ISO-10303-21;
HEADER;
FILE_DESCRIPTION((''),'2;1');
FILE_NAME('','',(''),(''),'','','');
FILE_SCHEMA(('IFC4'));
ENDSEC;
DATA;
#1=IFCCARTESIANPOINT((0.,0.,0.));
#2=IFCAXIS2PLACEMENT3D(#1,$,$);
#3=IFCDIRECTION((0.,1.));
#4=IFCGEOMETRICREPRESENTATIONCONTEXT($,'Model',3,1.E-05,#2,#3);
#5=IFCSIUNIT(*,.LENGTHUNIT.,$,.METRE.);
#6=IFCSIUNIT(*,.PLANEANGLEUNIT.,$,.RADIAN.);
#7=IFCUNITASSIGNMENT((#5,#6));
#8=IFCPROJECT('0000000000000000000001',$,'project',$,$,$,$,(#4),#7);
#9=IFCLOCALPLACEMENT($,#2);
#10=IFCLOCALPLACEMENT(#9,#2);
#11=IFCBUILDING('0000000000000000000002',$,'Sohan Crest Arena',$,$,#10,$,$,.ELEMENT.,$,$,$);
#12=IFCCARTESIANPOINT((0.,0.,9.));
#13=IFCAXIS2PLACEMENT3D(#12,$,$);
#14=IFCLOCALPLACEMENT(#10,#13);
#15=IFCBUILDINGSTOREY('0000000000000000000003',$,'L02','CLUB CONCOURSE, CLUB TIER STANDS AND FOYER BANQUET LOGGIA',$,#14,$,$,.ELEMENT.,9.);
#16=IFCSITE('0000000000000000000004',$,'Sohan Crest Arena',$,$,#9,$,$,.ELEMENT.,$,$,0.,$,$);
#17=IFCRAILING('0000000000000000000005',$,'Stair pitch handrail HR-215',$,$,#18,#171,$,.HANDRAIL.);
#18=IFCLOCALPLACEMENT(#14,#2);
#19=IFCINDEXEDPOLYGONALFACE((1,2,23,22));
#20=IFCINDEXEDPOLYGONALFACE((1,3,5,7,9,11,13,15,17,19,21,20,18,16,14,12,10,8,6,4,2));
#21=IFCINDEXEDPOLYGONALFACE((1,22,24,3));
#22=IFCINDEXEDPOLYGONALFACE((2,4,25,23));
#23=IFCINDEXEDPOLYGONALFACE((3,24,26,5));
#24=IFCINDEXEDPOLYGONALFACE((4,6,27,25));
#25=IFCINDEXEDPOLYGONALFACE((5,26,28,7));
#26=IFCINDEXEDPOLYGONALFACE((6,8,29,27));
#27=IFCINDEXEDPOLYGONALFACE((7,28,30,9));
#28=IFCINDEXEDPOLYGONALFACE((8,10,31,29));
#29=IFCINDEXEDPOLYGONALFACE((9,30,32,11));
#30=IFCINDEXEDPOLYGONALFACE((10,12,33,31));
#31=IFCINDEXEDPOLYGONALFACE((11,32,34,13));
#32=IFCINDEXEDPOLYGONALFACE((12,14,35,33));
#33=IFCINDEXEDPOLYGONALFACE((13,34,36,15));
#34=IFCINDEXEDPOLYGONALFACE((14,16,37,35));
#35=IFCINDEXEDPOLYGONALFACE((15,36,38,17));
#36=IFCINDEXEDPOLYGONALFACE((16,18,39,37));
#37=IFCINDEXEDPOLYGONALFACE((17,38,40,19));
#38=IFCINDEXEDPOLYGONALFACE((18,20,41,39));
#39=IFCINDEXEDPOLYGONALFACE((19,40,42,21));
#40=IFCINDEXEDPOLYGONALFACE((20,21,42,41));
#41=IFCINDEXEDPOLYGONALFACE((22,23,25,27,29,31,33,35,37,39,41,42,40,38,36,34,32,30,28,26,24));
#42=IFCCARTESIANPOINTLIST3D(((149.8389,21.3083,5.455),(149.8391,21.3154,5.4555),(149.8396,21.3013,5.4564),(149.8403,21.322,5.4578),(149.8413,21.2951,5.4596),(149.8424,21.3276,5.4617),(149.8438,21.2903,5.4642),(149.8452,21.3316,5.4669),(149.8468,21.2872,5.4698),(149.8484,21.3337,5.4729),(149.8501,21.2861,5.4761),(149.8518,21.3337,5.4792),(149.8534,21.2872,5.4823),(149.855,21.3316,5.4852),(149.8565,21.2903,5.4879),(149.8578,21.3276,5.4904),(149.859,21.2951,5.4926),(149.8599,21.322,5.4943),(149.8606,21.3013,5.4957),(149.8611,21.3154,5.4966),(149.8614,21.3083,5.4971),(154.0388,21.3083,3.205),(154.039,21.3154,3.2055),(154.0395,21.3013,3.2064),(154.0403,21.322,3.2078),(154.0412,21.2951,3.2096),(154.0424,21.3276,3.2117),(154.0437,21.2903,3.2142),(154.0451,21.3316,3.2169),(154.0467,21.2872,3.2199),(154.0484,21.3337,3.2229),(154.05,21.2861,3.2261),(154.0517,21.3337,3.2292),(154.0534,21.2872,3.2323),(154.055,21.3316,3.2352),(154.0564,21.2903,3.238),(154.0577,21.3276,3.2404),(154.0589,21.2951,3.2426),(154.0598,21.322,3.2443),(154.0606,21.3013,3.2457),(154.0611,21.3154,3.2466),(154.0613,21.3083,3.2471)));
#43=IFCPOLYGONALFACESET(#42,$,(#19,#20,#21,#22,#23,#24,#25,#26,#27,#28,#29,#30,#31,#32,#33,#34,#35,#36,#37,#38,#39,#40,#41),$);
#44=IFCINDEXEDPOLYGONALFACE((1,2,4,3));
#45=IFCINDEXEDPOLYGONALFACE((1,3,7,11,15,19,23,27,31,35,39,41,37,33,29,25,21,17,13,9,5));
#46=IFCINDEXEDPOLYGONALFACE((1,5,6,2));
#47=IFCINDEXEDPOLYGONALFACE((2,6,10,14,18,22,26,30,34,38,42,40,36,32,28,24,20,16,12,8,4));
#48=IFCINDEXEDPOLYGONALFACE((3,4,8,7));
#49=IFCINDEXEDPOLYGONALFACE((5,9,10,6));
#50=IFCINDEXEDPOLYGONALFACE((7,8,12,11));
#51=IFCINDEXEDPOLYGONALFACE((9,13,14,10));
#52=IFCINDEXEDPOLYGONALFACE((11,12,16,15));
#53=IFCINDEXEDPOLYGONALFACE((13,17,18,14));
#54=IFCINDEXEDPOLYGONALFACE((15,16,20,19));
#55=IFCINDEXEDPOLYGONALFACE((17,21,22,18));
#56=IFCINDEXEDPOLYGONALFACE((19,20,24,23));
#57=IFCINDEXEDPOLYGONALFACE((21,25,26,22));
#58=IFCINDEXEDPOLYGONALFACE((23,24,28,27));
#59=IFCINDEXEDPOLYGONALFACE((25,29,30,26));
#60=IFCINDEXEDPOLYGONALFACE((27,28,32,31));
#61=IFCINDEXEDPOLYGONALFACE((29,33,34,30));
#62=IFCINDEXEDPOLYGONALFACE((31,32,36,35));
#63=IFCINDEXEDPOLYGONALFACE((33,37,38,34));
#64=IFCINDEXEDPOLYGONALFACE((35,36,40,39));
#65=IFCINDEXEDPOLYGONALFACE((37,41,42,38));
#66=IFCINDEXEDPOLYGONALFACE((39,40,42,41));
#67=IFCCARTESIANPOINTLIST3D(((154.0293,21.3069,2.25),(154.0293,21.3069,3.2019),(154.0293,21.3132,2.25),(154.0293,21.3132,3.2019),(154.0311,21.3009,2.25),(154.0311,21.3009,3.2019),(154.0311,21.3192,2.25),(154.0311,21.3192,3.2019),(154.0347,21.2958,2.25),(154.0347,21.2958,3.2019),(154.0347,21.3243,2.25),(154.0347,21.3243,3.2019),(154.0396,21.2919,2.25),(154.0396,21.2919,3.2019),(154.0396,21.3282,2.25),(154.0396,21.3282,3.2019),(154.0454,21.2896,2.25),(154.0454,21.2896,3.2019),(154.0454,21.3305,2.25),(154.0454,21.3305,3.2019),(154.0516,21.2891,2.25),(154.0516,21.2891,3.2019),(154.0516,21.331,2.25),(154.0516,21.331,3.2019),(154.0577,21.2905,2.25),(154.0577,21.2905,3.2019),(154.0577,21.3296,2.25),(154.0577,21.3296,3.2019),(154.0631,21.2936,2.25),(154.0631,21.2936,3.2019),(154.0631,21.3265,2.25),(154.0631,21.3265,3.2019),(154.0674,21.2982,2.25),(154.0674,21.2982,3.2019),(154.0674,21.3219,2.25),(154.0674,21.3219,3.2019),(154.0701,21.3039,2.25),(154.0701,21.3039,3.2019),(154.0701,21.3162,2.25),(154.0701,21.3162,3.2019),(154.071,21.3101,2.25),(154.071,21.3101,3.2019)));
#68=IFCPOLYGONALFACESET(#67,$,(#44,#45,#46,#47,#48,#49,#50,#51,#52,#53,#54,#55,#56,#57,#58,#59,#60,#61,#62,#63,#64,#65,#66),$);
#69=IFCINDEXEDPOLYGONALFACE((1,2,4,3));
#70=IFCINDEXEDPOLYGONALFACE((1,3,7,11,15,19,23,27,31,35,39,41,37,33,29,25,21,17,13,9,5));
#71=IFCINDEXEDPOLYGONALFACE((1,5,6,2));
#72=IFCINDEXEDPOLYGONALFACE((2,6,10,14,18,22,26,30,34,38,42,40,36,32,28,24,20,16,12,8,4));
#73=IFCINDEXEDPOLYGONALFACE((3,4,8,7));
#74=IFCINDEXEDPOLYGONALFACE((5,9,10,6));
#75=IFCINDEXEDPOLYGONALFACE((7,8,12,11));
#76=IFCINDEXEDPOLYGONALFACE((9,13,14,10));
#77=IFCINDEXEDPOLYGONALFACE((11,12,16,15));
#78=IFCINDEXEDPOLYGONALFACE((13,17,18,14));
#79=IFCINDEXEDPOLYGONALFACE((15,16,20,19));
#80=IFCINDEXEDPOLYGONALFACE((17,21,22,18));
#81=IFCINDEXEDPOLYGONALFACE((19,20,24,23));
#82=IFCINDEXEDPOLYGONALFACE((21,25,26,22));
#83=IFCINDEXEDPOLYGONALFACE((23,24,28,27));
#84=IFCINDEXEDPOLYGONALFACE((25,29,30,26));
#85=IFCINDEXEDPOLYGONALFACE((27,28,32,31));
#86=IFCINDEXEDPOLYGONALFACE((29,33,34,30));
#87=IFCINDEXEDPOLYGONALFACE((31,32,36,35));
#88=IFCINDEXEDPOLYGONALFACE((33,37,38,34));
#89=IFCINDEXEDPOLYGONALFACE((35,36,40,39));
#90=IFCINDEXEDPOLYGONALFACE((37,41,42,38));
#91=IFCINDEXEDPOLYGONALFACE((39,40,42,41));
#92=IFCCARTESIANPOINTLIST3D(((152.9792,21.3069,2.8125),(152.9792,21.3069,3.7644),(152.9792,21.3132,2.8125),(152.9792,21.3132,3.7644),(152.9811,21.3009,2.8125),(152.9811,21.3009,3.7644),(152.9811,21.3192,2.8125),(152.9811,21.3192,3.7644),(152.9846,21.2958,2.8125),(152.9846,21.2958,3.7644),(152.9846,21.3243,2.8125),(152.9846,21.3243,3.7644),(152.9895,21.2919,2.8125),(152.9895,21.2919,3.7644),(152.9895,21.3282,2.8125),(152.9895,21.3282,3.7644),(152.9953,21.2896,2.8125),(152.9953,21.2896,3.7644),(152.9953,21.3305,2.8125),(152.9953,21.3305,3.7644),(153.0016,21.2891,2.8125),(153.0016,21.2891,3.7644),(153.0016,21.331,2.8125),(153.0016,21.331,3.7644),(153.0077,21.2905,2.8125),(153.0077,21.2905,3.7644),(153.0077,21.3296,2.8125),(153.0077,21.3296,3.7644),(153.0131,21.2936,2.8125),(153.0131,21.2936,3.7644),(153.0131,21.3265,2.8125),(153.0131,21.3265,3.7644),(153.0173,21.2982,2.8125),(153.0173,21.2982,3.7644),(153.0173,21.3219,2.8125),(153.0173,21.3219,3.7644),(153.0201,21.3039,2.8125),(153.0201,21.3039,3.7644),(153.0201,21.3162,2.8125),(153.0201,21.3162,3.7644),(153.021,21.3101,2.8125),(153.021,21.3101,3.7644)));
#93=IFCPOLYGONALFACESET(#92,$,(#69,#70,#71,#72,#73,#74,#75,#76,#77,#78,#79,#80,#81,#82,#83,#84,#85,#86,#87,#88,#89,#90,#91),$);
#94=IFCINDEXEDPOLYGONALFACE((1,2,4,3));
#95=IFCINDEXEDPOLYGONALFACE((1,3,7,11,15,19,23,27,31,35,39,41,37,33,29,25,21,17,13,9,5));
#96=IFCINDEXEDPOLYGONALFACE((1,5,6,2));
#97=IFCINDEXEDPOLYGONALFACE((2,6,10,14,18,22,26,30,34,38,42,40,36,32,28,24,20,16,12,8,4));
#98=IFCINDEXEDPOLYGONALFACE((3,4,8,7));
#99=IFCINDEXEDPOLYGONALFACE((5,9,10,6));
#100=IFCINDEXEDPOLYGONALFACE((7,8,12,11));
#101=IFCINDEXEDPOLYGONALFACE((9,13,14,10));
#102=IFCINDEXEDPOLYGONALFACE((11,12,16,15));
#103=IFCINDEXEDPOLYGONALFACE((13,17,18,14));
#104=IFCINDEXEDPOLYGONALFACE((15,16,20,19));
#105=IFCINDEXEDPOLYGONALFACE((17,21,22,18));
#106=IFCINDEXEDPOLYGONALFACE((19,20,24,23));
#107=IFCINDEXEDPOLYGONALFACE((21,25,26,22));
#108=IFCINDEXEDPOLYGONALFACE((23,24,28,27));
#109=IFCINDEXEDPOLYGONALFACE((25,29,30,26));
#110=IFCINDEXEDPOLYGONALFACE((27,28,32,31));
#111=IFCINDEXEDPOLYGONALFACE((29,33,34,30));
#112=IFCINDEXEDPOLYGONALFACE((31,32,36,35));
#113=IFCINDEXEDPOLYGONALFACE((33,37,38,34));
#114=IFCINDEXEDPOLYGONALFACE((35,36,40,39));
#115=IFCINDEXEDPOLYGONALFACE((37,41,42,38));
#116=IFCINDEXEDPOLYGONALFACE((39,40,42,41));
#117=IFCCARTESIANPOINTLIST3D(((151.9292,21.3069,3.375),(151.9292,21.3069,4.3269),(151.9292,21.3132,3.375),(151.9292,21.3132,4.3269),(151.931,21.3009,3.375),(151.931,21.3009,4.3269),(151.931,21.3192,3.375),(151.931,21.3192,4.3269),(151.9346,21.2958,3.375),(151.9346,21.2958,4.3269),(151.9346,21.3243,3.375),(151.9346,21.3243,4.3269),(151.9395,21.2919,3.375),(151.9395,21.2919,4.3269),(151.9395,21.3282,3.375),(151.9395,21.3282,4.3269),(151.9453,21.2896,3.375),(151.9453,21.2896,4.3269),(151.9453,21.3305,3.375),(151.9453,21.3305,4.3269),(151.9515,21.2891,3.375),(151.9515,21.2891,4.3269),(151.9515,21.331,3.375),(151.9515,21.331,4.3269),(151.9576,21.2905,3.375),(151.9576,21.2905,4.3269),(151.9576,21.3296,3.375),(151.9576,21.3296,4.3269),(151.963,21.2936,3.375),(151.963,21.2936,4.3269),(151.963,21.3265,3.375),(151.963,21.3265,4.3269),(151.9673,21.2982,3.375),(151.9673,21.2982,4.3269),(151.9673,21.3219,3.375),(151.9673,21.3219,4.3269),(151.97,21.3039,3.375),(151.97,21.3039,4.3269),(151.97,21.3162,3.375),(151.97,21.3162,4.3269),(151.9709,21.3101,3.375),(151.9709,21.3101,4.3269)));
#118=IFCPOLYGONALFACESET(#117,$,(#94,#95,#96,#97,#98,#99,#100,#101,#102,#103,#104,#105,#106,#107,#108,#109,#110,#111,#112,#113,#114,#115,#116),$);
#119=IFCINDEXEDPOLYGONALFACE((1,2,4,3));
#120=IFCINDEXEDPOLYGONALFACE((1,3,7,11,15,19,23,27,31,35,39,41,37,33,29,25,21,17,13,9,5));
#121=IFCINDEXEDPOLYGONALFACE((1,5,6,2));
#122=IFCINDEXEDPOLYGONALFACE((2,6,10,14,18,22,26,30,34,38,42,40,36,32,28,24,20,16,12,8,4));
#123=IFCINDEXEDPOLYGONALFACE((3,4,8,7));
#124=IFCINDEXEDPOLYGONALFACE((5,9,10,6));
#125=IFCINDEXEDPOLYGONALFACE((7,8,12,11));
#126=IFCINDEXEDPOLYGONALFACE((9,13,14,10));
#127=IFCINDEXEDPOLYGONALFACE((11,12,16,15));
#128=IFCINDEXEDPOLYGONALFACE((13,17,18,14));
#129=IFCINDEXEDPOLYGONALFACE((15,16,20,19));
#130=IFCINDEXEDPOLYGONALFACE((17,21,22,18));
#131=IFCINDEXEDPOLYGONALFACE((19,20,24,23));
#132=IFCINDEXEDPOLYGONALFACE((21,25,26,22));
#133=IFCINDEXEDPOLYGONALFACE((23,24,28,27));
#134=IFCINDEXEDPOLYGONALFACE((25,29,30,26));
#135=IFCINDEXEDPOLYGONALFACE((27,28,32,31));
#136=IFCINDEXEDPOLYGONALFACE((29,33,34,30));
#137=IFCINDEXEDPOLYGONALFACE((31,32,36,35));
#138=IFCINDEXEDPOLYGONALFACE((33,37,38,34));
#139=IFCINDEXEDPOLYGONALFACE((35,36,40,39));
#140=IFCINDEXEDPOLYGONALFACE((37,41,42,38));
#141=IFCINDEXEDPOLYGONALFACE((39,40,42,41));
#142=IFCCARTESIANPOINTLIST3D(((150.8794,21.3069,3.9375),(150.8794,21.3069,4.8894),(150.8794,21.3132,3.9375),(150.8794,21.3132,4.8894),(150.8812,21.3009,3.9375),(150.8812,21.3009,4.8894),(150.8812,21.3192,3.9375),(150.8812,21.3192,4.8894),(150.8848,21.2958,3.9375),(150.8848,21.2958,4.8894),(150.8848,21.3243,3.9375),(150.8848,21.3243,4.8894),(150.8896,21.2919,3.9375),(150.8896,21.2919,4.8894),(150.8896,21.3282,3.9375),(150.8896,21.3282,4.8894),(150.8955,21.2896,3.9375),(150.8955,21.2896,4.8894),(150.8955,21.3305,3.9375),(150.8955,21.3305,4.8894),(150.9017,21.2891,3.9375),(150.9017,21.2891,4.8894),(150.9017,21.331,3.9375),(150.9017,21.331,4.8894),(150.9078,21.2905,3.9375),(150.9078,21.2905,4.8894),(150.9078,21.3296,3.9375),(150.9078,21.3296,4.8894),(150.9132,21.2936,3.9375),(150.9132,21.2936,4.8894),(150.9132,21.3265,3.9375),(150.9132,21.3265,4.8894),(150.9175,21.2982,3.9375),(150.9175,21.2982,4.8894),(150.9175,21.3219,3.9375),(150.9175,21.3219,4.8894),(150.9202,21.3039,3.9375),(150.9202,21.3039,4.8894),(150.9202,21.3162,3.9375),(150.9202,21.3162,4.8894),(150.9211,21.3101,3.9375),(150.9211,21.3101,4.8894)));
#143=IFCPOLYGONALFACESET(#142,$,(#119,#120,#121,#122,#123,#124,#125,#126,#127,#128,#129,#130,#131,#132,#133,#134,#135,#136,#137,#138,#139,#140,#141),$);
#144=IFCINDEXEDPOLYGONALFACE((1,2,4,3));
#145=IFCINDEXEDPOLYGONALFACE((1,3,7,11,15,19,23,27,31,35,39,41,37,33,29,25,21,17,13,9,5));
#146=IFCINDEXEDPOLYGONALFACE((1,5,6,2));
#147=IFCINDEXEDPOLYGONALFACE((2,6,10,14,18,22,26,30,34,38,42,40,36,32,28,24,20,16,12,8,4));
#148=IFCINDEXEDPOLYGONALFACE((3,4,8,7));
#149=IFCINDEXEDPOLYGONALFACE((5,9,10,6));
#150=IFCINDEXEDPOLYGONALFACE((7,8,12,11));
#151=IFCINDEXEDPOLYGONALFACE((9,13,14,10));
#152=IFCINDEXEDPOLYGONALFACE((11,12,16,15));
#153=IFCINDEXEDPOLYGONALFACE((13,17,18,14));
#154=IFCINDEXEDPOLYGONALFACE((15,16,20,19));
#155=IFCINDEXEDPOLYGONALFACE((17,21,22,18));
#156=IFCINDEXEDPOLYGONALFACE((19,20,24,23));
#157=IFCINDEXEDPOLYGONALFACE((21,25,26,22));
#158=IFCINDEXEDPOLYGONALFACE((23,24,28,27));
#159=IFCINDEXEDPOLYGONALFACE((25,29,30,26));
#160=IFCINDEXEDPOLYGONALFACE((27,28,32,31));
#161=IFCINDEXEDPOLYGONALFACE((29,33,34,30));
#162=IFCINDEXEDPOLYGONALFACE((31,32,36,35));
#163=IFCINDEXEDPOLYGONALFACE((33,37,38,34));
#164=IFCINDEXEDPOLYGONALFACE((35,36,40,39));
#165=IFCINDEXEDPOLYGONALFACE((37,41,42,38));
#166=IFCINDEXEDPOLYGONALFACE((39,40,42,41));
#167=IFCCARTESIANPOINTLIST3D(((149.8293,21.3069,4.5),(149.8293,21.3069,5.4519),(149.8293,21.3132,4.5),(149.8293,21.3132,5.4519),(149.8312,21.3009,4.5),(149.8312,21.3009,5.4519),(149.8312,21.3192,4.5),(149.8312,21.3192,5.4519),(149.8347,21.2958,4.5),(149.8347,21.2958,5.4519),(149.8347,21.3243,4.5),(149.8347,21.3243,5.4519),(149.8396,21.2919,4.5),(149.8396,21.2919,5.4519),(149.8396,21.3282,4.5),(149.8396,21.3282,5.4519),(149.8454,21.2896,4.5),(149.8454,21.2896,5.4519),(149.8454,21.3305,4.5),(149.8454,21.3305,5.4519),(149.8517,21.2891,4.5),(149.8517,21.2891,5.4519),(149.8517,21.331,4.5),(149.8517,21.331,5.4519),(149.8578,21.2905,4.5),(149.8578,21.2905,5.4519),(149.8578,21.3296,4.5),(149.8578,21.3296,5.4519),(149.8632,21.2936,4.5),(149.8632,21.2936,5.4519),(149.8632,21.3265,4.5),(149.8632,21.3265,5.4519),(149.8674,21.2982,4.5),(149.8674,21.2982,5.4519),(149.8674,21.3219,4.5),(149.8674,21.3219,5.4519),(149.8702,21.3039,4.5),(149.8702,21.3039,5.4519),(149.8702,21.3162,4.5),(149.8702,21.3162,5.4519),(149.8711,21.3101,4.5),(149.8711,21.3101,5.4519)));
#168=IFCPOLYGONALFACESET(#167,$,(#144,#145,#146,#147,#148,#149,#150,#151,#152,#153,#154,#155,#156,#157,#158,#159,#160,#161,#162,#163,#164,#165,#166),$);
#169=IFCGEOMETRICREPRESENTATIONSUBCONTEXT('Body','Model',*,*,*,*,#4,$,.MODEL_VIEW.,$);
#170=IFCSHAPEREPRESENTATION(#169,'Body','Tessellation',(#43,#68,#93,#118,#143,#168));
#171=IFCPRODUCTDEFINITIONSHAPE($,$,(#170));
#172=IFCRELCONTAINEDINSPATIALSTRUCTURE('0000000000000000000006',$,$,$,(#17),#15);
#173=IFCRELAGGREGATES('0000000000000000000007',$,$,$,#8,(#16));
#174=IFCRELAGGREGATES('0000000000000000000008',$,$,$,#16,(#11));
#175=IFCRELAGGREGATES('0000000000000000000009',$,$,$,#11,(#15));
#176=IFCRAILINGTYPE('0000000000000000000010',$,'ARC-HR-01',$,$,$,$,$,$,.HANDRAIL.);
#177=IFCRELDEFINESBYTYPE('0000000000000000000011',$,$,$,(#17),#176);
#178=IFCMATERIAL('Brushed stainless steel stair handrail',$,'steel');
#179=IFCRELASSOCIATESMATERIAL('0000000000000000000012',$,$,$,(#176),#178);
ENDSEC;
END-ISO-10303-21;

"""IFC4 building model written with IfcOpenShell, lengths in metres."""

from ifc_helpers import new_model, si_unit, direction, frame, origin, origin_2d, place, context, subcontext, project, spatial, circle, extrude, material, type_object, element, save


model = new_model("IFC4")

# Units and contexts
model_context = context("Model", 3, precision=1e-05, world=origin(), true_north=direction((0.0, 1.0)))
body_context = subcontext(model_context, "Body", "Model", "MODEL_VIEW")
ifc_project = project(units=[si_unit("LENGTHUNIT", "METRE"), si_unit("PLANEANGLEUNIT", "RADIAN")], contexts=[model_context])

# Site, building, storey
site_placement = place(None, origin())
site = spatial("IfcSite", under=ifc_project, at=site_placement, Name="Sohan Crest Arena", CompositionType="ELEMENT", RefElevation=0.0)
building_placement = place(site_placement, origin())
building = spatial("IfcBuilding", under=site, at=building_placement, Name="Sohan Crest Arena", CompositionType="ELEMENT")
storey_placement = place(building_placement, frame((0.0, 0.0, 9.0)))
storey = spatial("IfcBuildingStorey", under=building, at=storey_placement, Name="L02", Description="CLUB CONCOURSE, CLUB TIER STANDS AND FOYER BANQUET LOGGIA", CompositionType="ELEMENT", Elevation=9.0)

# Railing
ifc_material_1 = material(Name="Brushed stainless steel stair handrail", Category="steel")
railing_type_1 = type_object("IfcRailingType", Name="ARC-HR-01", PredefinedType="HANDRAIL", material=ifc_material_1)
railing_1_placement = place(storey_placement, frame((154.05, 21.3101, 2.25)))
element("IfcRailing", 1, at=railing_1_placement, inside=storey, type_object=railing_type_1, Name="Stair pitch handrail HR-215", PredefinedType="HANDRAIL", context=body_context, shape_type="SweptSolid", body=[
    extrude(circle(Radius=0.0239, at=origin_2d()), frame((0.0, 0.0, 0.9761), z_axis=(-0.881478, 0.0, 0.472226), x_axis=(0.0, -1.0, 0.0)), (0.0, 0.0, 1.0), 4.7646),
    extrude(circle(Radius=0.021, at=origin_2d()), origin(), (0.0, 0.0, 1.0), 0.9519),
    extrude(circle(Radius=0.021, at=origin_2d()), frame((-1.05, 0.0, 0.5625)), (0.0, 0.0, 1.0), 0.9519),
    extrude(circle(Radius=0.021, at=origin_2d()), frame((-2.1001, 0.0, 1.125)), (0.0, 0.0, 1.0), 0.9519),
    extrude(circle(Radius=0.021, at=origin_2d()), frame((-3.1499, 0.0, 1.6875)), (0.0, 0.0, 1.0), 0.9519),
    extrude(circle(Radius=0.021, at=origin_2d()), frame((-4.2, 0.0, 2.25)), (0.0, 0.0, 1.0), 0.9519),
])

save(model, "model.ifc")
